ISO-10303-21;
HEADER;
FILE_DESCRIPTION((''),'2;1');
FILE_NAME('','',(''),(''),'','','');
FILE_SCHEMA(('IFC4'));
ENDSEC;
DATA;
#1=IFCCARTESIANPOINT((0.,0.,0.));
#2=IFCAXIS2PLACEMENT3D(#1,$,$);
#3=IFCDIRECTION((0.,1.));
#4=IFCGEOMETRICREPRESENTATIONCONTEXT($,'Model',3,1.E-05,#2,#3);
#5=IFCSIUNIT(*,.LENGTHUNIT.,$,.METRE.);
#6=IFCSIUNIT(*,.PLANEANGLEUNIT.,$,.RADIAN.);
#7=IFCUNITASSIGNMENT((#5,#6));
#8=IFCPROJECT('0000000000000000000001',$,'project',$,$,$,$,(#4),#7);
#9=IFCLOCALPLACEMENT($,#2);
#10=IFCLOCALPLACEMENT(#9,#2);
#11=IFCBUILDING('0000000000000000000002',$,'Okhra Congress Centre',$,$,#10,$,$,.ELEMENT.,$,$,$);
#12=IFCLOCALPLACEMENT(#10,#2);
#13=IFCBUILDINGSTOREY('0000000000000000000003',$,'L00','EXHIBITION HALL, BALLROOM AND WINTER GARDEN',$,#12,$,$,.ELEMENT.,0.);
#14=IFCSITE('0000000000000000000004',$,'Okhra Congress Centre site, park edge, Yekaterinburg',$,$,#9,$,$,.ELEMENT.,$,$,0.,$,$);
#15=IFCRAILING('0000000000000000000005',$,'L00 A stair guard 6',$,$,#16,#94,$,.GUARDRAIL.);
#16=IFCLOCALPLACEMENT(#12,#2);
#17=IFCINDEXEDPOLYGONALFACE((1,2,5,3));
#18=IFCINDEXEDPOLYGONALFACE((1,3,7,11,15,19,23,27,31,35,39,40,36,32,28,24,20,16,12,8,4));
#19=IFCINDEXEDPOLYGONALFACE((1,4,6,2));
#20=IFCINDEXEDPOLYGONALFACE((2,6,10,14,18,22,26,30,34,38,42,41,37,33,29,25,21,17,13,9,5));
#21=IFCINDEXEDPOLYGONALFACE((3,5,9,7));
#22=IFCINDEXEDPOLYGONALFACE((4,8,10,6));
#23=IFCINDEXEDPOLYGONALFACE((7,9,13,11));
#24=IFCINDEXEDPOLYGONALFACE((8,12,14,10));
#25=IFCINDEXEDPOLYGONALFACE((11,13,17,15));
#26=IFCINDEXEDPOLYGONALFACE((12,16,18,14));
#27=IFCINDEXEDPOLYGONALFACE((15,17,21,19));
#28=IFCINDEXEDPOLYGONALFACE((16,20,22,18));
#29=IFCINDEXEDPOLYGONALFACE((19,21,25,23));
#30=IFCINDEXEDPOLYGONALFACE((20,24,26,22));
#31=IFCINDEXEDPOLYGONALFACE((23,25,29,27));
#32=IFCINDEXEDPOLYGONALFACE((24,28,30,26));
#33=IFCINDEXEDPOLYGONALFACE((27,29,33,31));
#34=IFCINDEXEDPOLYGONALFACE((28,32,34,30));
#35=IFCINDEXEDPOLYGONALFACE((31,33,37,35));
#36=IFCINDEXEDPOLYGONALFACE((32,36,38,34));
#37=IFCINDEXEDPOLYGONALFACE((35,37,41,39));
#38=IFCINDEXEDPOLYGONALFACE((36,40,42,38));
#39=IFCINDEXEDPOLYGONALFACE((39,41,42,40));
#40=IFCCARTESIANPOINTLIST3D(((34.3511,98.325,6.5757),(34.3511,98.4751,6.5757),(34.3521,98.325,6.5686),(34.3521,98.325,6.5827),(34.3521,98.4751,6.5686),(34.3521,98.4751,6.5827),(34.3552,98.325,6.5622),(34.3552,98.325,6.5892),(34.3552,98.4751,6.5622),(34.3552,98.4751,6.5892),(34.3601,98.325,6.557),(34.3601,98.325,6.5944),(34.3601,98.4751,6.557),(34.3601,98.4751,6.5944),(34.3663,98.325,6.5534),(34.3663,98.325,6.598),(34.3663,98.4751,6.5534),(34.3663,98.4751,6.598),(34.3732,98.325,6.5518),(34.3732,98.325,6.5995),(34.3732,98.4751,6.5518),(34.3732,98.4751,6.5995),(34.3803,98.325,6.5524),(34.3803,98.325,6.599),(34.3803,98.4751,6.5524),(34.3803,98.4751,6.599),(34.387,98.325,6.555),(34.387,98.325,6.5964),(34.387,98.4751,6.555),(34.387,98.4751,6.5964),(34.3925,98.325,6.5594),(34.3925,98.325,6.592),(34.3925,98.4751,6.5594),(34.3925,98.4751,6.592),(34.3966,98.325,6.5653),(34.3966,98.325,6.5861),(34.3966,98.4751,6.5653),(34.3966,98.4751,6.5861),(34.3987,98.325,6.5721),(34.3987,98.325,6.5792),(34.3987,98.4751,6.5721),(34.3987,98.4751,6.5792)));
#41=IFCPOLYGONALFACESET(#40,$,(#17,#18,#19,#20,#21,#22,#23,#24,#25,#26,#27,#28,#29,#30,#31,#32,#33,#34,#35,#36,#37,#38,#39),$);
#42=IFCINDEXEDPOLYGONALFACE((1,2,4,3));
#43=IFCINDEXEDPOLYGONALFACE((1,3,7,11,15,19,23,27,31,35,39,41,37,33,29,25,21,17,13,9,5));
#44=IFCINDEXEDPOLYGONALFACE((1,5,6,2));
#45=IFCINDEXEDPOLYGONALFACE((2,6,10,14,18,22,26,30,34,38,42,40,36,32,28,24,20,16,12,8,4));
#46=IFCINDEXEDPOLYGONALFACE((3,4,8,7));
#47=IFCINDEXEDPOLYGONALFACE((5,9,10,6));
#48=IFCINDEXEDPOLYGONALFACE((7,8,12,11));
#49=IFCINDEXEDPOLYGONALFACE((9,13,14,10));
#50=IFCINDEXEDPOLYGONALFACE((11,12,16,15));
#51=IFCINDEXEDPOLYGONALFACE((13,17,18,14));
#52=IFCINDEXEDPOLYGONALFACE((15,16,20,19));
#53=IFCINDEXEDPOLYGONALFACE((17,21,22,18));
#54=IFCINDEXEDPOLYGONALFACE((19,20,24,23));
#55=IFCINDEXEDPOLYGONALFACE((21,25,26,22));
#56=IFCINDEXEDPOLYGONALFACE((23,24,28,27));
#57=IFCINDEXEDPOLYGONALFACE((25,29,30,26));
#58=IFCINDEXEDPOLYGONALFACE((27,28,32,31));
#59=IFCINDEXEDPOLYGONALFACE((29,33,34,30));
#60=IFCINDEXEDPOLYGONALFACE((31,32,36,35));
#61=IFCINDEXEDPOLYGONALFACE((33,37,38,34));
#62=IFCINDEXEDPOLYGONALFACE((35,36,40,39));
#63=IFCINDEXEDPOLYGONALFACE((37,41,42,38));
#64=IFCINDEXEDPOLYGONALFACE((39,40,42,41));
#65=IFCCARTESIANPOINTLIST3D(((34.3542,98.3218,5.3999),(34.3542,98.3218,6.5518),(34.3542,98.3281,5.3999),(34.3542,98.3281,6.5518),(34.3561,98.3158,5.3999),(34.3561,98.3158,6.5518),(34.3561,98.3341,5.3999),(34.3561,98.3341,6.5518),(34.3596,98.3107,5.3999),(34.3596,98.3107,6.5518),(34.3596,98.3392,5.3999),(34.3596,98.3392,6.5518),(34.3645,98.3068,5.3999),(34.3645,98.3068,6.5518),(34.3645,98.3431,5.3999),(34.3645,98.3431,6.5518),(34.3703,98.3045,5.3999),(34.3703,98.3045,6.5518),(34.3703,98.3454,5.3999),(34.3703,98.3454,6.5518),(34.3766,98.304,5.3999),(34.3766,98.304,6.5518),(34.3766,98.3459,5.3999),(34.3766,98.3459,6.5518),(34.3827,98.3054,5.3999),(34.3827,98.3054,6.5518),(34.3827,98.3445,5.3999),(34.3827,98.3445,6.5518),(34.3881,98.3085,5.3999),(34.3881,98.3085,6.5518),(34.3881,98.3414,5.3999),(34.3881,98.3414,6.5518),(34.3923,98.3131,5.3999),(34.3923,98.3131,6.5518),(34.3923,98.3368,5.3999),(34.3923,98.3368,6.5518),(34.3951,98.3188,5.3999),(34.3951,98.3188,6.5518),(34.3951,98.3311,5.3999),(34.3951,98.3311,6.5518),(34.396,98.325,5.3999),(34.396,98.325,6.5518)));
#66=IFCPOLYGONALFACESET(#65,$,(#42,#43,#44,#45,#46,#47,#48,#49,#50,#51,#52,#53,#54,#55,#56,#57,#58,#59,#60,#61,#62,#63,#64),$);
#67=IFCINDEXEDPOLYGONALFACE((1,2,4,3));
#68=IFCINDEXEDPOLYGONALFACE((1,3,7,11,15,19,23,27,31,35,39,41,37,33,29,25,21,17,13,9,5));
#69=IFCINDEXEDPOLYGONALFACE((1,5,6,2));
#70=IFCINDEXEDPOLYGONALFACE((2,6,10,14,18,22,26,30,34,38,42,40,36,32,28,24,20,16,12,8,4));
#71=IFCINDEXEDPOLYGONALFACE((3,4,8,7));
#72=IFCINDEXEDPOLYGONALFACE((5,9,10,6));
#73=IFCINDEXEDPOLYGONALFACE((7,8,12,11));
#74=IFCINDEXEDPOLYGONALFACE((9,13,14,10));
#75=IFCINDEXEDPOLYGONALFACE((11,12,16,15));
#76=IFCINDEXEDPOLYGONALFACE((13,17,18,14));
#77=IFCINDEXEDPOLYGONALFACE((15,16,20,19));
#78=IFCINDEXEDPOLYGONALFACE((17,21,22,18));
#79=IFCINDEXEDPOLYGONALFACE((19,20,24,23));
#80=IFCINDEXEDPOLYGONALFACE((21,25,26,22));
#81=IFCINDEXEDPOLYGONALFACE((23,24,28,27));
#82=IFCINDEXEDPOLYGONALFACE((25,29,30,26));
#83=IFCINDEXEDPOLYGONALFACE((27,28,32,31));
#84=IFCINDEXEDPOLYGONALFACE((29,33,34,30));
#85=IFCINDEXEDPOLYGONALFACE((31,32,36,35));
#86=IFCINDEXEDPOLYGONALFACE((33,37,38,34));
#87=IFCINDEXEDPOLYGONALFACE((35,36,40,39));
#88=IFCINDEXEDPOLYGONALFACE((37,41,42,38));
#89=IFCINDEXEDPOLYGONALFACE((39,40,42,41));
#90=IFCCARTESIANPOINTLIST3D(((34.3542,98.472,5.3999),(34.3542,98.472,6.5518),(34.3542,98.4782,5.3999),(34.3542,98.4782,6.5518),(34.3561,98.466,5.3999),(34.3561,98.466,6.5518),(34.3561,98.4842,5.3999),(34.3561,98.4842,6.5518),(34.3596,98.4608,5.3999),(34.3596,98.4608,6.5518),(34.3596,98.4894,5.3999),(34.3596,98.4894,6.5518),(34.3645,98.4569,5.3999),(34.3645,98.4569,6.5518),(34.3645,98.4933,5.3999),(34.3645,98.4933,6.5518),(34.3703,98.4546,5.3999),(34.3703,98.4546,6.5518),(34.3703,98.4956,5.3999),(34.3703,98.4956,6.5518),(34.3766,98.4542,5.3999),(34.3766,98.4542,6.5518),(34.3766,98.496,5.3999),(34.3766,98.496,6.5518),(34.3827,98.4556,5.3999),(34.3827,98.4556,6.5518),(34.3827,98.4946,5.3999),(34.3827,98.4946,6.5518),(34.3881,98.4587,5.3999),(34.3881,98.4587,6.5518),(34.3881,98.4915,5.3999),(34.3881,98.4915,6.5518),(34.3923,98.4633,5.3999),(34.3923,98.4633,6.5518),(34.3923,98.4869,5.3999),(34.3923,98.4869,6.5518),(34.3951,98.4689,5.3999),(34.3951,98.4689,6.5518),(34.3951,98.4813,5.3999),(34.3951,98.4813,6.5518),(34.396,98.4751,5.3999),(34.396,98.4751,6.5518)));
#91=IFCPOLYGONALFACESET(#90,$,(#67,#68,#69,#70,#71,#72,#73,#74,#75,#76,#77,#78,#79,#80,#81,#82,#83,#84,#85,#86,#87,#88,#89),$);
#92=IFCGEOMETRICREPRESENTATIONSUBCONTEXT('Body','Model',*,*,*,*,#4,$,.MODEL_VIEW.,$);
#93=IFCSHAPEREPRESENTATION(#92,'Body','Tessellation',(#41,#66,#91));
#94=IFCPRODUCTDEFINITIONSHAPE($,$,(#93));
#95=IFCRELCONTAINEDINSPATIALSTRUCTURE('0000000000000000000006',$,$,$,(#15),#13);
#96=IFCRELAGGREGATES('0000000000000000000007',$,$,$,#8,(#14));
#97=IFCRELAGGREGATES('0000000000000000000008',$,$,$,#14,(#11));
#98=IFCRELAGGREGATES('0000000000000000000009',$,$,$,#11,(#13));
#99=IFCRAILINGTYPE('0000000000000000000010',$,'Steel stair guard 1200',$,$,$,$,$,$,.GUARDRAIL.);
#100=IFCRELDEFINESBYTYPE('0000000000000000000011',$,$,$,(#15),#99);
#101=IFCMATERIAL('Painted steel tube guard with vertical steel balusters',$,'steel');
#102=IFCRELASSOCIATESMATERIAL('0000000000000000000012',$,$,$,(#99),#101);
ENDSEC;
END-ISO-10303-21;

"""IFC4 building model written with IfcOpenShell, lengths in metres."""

from ifc_helpers import new_model, si_unit, direction, frame, origin, origin_2d, place, context, subcontext, project, spatial, circle, extrude, material, type_object, element, save


model = new_model("IFC4")

# Units and contexts
model_context = context("Model", 3, precision=1e-05, world=origin(), true_north=direction((0.0, 1.0)))
body_context = subcontext(model_context, "Body", "Model", "MODEL_VIEW")
ifc_project = project(units=[si_unit("LENGTHUNIT", "METRE"), si_unit("PLANEANGLEUNIT", "RADIAN")], contexts=[model_context])

# Site, building, storey
site_placement = place(None, origin())
site = spatial("IfcSite", under=ifc_project, at=site_placement, Name="Okhra Congress Centre site, park edge, Yekaterinburg", CompositionType="ELEMENT", RefElevation=0.0)
building_placement = place(site_placement, origin())
building = spatial("IfcBuilding", under=site, at=building_placement, Name="Okhra Congress Centre", CompositionType="ELEMENT")
storey_placement = place(building_placement, origin())
storey = spatial("IfcBuildingStorey", under=building, at=storey_placement, Name="L00", Description="EXHIBITION HALL, BALLROOM AND WINTER GARDEN", CompositionType="ELEMENT", Elevation=0.0)

# Railing
ifc_material_1 = material(Name="Painted steel tube guard with vertical steel balusters", Category="steel")
railing_type_1 = type_object("IfcRailingType", Name="Steel stair guard 1200", PredefinedType="GUARDRAIL", material=ifc_material_1)
railing_1_placement = place(storey_placement, frame((34.375, 98.325, 5.3999)))
element("IfcRailing", 1, at=railing_1_placement, inside=storey, type_object=railing_type_1, Name="L00 A stair guard 6", PredefinedType="GUARDRAIL", context=body_context, shape_type="SweptSolid", body=[
    extrude(circle(Radius=0.0239, at=origin_2d()), frame((0.0, 0.0, 1.1758), z_axis=(0.0, 1.0, 0.0), x_axis=(-1.0, 0.0, 0.0)), (0.0, 0.0, 1.0), 0.1501),
    extrude(circle(Radius=0.021, at=origin_2d()), origin(), (0.0, 0.0, 1.0), 1.1519),
    extrude(circle(Radius=0.021, at=origin_2d()), frame((0.0, 0.1501, 0.0)), (0.0, 0.0, 1.0), 1.1519),
])

save(model, "model.ifc")
